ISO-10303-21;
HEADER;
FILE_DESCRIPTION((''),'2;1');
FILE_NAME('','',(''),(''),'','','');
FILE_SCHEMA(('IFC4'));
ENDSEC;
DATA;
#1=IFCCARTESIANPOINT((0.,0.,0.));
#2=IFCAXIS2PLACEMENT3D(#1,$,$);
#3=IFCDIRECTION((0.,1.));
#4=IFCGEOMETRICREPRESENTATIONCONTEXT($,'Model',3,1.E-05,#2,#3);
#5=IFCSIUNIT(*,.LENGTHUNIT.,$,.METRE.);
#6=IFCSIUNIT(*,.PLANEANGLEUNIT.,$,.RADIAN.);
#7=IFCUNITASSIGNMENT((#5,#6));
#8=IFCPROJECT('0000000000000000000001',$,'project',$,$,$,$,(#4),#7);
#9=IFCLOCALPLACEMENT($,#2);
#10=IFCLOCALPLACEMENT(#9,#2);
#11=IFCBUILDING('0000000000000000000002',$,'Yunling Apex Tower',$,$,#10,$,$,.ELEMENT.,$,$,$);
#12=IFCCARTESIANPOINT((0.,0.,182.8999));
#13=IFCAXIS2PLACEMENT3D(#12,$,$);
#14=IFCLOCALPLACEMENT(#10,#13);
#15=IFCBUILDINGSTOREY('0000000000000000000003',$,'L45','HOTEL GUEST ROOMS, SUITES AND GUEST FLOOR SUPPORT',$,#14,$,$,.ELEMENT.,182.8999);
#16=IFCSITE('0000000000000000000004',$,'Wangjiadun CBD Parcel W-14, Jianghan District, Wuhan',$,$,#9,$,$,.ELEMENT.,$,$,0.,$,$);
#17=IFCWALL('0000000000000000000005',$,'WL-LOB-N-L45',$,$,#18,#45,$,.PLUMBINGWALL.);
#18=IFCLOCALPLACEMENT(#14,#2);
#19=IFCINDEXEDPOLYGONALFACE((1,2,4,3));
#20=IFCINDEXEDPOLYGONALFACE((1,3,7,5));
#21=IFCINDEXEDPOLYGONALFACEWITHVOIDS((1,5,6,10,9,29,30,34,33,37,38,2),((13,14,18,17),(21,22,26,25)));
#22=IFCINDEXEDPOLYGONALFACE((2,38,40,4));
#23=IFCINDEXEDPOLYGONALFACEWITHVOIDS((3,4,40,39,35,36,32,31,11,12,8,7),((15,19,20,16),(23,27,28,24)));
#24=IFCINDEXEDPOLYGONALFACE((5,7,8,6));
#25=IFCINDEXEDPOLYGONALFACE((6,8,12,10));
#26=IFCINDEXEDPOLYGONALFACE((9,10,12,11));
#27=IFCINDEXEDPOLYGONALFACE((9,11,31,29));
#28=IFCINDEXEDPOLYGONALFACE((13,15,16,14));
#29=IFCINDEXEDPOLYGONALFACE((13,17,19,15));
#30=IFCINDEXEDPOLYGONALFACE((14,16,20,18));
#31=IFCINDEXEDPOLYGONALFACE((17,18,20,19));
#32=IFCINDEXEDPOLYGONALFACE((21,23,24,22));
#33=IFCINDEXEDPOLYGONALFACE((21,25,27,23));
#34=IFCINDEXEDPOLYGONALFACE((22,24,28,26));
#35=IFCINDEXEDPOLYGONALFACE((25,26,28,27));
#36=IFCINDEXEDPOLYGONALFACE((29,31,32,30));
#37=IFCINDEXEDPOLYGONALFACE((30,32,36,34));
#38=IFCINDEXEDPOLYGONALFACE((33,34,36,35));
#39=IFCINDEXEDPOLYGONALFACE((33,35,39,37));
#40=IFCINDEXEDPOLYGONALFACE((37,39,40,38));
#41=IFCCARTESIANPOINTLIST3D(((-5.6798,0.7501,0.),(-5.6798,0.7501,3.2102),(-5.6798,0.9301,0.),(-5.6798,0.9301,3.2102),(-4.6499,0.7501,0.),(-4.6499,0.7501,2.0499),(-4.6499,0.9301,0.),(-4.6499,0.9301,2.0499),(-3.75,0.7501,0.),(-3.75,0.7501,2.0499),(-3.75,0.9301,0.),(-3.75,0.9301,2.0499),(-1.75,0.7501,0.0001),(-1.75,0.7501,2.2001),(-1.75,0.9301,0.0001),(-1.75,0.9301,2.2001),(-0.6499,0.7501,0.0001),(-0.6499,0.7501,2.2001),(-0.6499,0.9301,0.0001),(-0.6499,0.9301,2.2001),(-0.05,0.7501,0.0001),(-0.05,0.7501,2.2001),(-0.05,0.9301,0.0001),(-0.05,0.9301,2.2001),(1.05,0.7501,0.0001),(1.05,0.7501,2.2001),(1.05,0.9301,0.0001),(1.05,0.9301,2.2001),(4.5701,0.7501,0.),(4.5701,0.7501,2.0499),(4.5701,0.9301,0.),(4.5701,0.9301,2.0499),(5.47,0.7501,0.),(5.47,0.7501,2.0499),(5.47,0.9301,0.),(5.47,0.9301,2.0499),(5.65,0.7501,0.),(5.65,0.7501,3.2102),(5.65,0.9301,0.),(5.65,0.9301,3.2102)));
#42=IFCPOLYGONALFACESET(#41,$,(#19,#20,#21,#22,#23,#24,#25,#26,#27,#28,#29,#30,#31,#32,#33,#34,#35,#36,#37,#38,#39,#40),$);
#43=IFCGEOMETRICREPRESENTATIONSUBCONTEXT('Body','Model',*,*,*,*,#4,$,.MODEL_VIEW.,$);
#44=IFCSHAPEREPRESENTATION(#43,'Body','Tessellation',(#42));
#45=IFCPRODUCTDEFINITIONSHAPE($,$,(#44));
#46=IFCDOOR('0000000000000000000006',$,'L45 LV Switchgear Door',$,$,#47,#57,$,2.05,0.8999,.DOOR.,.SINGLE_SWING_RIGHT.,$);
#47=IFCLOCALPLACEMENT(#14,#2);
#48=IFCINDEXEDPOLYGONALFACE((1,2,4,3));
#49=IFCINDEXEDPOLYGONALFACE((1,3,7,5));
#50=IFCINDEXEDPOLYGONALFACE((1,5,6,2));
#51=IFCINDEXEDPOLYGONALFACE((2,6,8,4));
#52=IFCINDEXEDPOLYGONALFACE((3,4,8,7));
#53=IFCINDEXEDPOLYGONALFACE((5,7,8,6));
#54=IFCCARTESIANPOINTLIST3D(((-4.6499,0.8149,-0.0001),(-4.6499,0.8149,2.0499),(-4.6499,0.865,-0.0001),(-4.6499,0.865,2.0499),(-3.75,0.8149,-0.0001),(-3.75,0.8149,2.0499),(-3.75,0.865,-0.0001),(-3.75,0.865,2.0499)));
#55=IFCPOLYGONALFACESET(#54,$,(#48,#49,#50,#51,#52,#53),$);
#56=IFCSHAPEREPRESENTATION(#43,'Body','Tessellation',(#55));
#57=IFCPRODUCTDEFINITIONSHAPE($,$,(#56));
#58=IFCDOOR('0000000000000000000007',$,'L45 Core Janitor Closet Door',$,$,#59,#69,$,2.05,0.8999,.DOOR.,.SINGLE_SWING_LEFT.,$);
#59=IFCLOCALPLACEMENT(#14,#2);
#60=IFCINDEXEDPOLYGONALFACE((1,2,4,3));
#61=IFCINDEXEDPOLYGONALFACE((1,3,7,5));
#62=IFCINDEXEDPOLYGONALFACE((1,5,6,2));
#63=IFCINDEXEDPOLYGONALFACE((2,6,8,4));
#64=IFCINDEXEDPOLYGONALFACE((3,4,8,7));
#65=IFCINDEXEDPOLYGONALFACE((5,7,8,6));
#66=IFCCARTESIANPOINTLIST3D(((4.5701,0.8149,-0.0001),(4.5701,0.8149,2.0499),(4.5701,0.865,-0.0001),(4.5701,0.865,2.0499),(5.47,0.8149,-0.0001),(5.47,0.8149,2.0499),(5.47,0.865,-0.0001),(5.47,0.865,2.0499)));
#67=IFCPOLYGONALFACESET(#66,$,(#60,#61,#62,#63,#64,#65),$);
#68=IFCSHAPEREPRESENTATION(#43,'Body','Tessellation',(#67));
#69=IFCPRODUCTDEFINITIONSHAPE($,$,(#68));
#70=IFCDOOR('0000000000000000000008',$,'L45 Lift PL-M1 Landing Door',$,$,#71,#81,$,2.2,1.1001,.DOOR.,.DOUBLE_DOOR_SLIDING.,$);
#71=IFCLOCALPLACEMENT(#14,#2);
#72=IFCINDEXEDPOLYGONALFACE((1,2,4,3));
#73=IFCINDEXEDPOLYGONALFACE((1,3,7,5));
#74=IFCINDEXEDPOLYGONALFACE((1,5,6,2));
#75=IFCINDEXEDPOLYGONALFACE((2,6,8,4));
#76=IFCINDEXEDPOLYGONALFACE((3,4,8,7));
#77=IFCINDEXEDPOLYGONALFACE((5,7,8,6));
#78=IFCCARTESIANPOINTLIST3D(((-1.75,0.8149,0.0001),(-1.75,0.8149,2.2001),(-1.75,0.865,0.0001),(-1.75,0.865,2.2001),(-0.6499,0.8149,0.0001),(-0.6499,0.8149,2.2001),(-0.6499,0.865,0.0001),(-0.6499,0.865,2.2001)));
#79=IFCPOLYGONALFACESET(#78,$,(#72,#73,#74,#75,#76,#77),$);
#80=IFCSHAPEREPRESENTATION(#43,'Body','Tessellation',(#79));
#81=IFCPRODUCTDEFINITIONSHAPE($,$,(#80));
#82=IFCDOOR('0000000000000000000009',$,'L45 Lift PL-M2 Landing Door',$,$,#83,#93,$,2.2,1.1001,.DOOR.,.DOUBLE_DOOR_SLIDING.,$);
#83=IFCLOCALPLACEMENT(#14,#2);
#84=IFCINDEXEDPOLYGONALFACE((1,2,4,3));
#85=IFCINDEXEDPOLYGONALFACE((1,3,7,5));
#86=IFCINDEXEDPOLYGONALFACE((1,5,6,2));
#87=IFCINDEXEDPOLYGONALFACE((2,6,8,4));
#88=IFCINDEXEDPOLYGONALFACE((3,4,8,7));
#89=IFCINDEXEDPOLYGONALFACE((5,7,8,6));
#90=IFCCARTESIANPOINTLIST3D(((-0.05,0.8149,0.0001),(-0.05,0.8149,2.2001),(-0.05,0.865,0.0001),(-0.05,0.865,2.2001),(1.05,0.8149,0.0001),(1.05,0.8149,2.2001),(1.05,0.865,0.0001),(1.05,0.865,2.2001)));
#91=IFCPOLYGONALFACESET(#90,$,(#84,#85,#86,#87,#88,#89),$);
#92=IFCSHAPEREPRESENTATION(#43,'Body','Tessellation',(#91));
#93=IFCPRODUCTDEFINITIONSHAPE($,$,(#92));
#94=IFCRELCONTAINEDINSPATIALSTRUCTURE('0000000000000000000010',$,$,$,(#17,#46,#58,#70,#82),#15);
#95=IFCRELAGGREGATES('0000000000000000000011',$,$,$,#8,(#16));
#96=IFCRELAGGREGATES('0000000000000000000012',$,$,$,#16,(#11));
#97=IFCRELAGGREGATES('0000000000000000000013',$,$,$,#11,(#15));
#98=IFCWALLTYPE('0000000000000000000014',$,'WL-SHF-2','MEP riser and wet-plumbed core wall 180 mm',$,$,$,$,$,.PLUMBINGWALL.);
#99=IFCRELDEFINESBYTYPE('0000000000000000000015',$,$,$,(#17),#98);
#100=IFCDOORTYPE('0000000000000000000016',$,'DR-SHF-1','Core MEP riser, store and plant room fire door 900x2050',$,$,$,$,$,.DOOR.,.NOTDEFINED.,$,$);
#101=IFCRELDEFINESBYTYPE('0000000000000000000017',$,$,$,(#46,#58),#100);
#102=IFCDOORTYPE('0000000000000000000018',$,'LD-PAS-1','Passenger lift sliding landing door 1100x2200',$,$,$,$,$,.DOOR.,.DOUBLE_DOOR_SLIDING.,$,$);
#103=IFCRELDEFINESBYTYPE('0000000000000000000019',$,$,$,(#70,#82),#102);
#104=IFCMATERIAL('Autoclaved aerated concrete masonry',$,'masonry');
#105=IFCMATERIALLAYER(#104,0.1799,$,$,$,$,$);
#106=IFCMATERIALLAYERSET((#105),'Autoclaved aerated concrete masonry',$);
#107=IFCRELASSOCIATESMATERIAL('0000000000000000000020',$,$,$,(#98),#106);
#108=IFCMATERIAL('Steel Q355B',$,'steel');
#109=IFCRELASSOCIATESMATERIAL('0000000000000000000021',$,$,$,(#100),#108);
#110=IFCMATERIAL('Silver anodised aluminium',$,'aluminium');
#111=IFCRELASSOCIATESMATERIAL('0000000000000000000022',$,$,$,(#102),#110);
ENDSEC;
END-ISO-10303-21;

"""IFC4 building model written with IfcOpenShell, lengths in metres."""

from ifc_helpers import new_model, si_unit, direction, frame, frame_2d, origin, place, context, subcontext, project, spatial, rectangle, extrude, material, layer, layer_set, type_object, element, fill, save


model = new_model("IFC4")

# Units and contexts
model_context = context("Model", 3, precision=1e-05, world=origin(), true_north=direction((0.0, 1.0)))
body_context = subcontext(model_context, "Body", "Model", "MODEL_VIEW")
ifc_project = project(units=[si_unit("LENGTHUNIT", "METRE"), si_unit("PLANEANGLEUNIT", "RADIAN")], contexts=[model_context])

# Site, building, storey
site_placement = place(None, origin())
site = spatial("IfcSite", under=ifc_project, at=site_placement, Name="Wangjiadun CBD Parcel W-14, Jianghan District, Wuhan", CompositionType="ELEMENT", RefElevation=0.0)
building_placement = place(site_placement, origin())
building = spatial("IfcBuilding", under=site, at=building_placement, Name="Yunling Apex Tower", CompositionType="ELEMENT")
storey_placement = place(building_placement, frame((0.0, 0.0, 182.8999)))
storey = spatial("IfcBuildingStorey", under=building, at=storey_placement, Name="L45", Description="HOTEL GUEST ROOMS, SUITES AND GUEST FLOOR SUPPORT", CompositionType="ELEMENT", Elevation=182.8999)

# Shared definitions
ifc_material_1 = material(Name="Steel Q355B", Category="steel")

# Shared definitions
ifc_material_2 = material(Name="Autoclaved aerated concrete masonry", Category="masonry")
ifc_layer_1 = layer(ifc_material_2, 0.1799)
ifc_layer_set_1 = layer_set([ifc_layer_1], Name="Autoclaved aerated concrete masonry")
wall_type_1 = type_object("IfcWallType", Name="WL-SHF-2", Description="MEP riser and wet-plumbed core wall 180 mm", PredefinedType="PLUMBINGWALL", material=ifc_layer_set_1)

# Wall, openings, doors
wall_1_placement = place(storey_placement, frame((-5.6799, 0.8401, 0.0), z_axis=(0.0, 0.0, 1.0), x_axis=(1.0, 0.0, 0.0)))
wall_1 = element("IfcWall", 1, at=wall_1_placement, inside=storey, type_object=wall_type_1, Name="WL-LOB-N-L45", PredefinedType="PLUMBINGWALL", context=body_context, shape_type="SweptSolid", body=[
    extrude(rectangle(XDim=11.3298, YDim=0.1799, at=frame_2d((5.665, 0.0))), origin(), (0.0, 0.0, 1.0), 3.2102),
])
opening_1_placement = place(wall_1_placement, frame((1.03, 0.0, 0.0)))
opening_1 = element("IfcOpeningElement", 2, at=opening_1_placement, cuts=wall_1, PredefinedType="OPENING", context=body_context, shape_type="SweptSolid", body=[
    extrude(rectangle(XDim=0.8999, YDim=2.05, at=frame_2d((0.45, 1.0249))), frame((0.0, 0.1001, 0.0), z_axis=(0.0, -1.0, 0.0), x_axis=(1.0, 0.0, 0.0)), (0.0, 0.0, 1.0), 0.2),
])
opening_2_placement = place(wall_1_placement, frame((3.9299, 0.0, 0.0)))
opening_2 = element("IfcOpeningElement", 3, at=opening_2_placement, cuts=wall_1, PredefinedType="OPENING", context=body_context, shape_type="SweptSolid", body=[
    extrude(rectangle(XDim=1.1001, YDim=2.2, at=frame_2d((0.55, 1.1001))), frame((0.0, 0.1001, 0.0), z_axis=(0.0, -1.0, 0.0), x_axis=(1.0, 0.0, 0.0)), (0.0, 0.0, 1.0), 0.2),
])
opening_3_placement = place(wall_1_placement, frame((5.6299, 0.0, 0.0)))
opening_3 = element("IfcOpeningElement", 4, at=opening_3_placement, cuts=wall_1, PredefinedType="OPENING", context=body_context, shape_type="SweptSolid", body=[
    extrude(rectangle(XDim=1.1001, YDim=2.2, at=frame_2d((0.55, 1.1001))), frame((0.0, 0.1001, 0.0), z_axis=(0.0, -1.0, 0.0), x_axis=(1.0, 0.0, 0.0)), (0.0, 0.0, 1.0), 0.2),
])
opening_4_placement = place(wall_1_placement, frame((10.25, 0.0, 0.0)))
opening_4 = element("IfcOpeningElement", 5, at=opening_4_placement, cuts=wall_1, PredefinedType="OPENING", context=body_context, shape_type="SweptSolid", body=[
    extrude(rectangle(XDim=0.8999, YDim=2.05, at=frame_2d((0.45, 1.0249))), frame((0.0, 0.1001, 0.0), z_axis=(0.0, -1.0, 0.0), x_axis=(1.0, 0.0, 0.0)), (0.0, 0.0, 1.0), 0.2),
])
door_type_1 = type_object("IfcDoorType", Name="DR-SHF-1", Description="Core MEP riser, store and plant room fire door 900x2050", OperationType="NOTDEFINED", PredefinedType="DOOR", material=ifc_material_1)
door_1_placement = place(opening_1_placement, origin())
door_1 = element("IfcDoor", 6, at=door_1_placement, inside=storey, type_object=door_type_1, Name="L45 LV Switchgear Door", OperationType="SINGLE_SWING_RIGHT", OverallHeight=2.05, OverallWidth=0.8999, PredefinedType="DOOR", context=body_context, shape_type="SweptSolid", body=[
    extrude(rectangle(XDim=0.8999, YDim=2.05, at=frame_2d((0.45, 1.0249))), frame((0.0, 0.0249, 0.0), z_axis=(0.0, -1.0, 0.0), x_axis=(1.0, 0.0, 0.0)), (0.0, 0.0, 1.0), 0.05),
])
fill(opening_1, door_1)
door_2_placement = place(opening_4_placement, origin())
door_2 = element("IfcDoor", 7, at=door_2_placement, inside=storey, type_object=door_type_1, Name="L45 Core Janitor Closet Door", OperationType="SINGLE_SWING_LEFT", OverallHeight=2.05, OverallWidth=0.8999, PredefinedType="DOOR", context=body_context, shape_type="SweptSolid", body=[
    extrude(rectangle(XDim=0.8999, YDim=2.05, at=frame_2d((0.45, 1.0249))), frame((0.0, 0.0249, 0.0), z_axis=(0.0, -1.0, 0.0), x_axis=(1.0, 0.0, 0.0)), (0.0, 0.0, 1.0), 0.05),
])
fill(opening_4, door_2)
ifc_material_3 = material(Name="Silver anodised aluminium", Category="aluminium")
door_type_2 = type_object("IfcDoorType", Name="LD-PAS-1", Description="Passenger lift sliding landing door 1100x2200", OperationType="DOUBLE_DOOR_SLIDING", PredefinedType="DOOR", material=ifc_material_3)
door_3_placement = place(opening_2_placement, origin())
door_3 = element("IfcDoor", 8, at=door_3_placement, inside=storey, type_object=door_type_2, Name="L45 Lift PL-M1 Landing Door", OperationType="DOUBLE_DOOR_SLIDING", OverallHeight=2.2, OverallWidth=1.1001, PredefinedType="DOOR", context=body_context, shape_type="SweptSolid", body=[
    extrude(rectangle(XDim=1.1001, YDim=2.2, at=frame_2d((0.55, 1.1001))), frame((0.0, 0.0249, 0.0), z_axis=(0.0, -1.0, 0.0), x_axis=(1.0, 0.0, 0.0)), (0.0, 0.0, 1.0), 0.05),
])
fill(opening_2, door_3)
door_4_placement = place(opening_3_placement, origin())
door_4 = element("IfcDoor", 9, at=door_4_placement, inside=storey, type_object=door_type_2, Name="L45 Lift PL-M2 Landing Door", OperationType="DOUBLE_DOOR_SLIDING", OverallHeight=2.2, OverallWidth=1.1001, PredefinedType="DOOR", context=body_context, shape_type="SweptSolid", body=[
    extrude(rectangle(XDim=1.1001, YDim=2.2, at=frame_2d((0.55, 1.1001))), frame((0.0, 0.0249, 0.0), z_axis=(0.0, -1.0, 0.0), x_axis=(1.0, 0.0, 0.0)), (0.0, 0.0, 1.0), 0.05),
])
fill(opening_3, door_4)

save(model, "model.ifc")
